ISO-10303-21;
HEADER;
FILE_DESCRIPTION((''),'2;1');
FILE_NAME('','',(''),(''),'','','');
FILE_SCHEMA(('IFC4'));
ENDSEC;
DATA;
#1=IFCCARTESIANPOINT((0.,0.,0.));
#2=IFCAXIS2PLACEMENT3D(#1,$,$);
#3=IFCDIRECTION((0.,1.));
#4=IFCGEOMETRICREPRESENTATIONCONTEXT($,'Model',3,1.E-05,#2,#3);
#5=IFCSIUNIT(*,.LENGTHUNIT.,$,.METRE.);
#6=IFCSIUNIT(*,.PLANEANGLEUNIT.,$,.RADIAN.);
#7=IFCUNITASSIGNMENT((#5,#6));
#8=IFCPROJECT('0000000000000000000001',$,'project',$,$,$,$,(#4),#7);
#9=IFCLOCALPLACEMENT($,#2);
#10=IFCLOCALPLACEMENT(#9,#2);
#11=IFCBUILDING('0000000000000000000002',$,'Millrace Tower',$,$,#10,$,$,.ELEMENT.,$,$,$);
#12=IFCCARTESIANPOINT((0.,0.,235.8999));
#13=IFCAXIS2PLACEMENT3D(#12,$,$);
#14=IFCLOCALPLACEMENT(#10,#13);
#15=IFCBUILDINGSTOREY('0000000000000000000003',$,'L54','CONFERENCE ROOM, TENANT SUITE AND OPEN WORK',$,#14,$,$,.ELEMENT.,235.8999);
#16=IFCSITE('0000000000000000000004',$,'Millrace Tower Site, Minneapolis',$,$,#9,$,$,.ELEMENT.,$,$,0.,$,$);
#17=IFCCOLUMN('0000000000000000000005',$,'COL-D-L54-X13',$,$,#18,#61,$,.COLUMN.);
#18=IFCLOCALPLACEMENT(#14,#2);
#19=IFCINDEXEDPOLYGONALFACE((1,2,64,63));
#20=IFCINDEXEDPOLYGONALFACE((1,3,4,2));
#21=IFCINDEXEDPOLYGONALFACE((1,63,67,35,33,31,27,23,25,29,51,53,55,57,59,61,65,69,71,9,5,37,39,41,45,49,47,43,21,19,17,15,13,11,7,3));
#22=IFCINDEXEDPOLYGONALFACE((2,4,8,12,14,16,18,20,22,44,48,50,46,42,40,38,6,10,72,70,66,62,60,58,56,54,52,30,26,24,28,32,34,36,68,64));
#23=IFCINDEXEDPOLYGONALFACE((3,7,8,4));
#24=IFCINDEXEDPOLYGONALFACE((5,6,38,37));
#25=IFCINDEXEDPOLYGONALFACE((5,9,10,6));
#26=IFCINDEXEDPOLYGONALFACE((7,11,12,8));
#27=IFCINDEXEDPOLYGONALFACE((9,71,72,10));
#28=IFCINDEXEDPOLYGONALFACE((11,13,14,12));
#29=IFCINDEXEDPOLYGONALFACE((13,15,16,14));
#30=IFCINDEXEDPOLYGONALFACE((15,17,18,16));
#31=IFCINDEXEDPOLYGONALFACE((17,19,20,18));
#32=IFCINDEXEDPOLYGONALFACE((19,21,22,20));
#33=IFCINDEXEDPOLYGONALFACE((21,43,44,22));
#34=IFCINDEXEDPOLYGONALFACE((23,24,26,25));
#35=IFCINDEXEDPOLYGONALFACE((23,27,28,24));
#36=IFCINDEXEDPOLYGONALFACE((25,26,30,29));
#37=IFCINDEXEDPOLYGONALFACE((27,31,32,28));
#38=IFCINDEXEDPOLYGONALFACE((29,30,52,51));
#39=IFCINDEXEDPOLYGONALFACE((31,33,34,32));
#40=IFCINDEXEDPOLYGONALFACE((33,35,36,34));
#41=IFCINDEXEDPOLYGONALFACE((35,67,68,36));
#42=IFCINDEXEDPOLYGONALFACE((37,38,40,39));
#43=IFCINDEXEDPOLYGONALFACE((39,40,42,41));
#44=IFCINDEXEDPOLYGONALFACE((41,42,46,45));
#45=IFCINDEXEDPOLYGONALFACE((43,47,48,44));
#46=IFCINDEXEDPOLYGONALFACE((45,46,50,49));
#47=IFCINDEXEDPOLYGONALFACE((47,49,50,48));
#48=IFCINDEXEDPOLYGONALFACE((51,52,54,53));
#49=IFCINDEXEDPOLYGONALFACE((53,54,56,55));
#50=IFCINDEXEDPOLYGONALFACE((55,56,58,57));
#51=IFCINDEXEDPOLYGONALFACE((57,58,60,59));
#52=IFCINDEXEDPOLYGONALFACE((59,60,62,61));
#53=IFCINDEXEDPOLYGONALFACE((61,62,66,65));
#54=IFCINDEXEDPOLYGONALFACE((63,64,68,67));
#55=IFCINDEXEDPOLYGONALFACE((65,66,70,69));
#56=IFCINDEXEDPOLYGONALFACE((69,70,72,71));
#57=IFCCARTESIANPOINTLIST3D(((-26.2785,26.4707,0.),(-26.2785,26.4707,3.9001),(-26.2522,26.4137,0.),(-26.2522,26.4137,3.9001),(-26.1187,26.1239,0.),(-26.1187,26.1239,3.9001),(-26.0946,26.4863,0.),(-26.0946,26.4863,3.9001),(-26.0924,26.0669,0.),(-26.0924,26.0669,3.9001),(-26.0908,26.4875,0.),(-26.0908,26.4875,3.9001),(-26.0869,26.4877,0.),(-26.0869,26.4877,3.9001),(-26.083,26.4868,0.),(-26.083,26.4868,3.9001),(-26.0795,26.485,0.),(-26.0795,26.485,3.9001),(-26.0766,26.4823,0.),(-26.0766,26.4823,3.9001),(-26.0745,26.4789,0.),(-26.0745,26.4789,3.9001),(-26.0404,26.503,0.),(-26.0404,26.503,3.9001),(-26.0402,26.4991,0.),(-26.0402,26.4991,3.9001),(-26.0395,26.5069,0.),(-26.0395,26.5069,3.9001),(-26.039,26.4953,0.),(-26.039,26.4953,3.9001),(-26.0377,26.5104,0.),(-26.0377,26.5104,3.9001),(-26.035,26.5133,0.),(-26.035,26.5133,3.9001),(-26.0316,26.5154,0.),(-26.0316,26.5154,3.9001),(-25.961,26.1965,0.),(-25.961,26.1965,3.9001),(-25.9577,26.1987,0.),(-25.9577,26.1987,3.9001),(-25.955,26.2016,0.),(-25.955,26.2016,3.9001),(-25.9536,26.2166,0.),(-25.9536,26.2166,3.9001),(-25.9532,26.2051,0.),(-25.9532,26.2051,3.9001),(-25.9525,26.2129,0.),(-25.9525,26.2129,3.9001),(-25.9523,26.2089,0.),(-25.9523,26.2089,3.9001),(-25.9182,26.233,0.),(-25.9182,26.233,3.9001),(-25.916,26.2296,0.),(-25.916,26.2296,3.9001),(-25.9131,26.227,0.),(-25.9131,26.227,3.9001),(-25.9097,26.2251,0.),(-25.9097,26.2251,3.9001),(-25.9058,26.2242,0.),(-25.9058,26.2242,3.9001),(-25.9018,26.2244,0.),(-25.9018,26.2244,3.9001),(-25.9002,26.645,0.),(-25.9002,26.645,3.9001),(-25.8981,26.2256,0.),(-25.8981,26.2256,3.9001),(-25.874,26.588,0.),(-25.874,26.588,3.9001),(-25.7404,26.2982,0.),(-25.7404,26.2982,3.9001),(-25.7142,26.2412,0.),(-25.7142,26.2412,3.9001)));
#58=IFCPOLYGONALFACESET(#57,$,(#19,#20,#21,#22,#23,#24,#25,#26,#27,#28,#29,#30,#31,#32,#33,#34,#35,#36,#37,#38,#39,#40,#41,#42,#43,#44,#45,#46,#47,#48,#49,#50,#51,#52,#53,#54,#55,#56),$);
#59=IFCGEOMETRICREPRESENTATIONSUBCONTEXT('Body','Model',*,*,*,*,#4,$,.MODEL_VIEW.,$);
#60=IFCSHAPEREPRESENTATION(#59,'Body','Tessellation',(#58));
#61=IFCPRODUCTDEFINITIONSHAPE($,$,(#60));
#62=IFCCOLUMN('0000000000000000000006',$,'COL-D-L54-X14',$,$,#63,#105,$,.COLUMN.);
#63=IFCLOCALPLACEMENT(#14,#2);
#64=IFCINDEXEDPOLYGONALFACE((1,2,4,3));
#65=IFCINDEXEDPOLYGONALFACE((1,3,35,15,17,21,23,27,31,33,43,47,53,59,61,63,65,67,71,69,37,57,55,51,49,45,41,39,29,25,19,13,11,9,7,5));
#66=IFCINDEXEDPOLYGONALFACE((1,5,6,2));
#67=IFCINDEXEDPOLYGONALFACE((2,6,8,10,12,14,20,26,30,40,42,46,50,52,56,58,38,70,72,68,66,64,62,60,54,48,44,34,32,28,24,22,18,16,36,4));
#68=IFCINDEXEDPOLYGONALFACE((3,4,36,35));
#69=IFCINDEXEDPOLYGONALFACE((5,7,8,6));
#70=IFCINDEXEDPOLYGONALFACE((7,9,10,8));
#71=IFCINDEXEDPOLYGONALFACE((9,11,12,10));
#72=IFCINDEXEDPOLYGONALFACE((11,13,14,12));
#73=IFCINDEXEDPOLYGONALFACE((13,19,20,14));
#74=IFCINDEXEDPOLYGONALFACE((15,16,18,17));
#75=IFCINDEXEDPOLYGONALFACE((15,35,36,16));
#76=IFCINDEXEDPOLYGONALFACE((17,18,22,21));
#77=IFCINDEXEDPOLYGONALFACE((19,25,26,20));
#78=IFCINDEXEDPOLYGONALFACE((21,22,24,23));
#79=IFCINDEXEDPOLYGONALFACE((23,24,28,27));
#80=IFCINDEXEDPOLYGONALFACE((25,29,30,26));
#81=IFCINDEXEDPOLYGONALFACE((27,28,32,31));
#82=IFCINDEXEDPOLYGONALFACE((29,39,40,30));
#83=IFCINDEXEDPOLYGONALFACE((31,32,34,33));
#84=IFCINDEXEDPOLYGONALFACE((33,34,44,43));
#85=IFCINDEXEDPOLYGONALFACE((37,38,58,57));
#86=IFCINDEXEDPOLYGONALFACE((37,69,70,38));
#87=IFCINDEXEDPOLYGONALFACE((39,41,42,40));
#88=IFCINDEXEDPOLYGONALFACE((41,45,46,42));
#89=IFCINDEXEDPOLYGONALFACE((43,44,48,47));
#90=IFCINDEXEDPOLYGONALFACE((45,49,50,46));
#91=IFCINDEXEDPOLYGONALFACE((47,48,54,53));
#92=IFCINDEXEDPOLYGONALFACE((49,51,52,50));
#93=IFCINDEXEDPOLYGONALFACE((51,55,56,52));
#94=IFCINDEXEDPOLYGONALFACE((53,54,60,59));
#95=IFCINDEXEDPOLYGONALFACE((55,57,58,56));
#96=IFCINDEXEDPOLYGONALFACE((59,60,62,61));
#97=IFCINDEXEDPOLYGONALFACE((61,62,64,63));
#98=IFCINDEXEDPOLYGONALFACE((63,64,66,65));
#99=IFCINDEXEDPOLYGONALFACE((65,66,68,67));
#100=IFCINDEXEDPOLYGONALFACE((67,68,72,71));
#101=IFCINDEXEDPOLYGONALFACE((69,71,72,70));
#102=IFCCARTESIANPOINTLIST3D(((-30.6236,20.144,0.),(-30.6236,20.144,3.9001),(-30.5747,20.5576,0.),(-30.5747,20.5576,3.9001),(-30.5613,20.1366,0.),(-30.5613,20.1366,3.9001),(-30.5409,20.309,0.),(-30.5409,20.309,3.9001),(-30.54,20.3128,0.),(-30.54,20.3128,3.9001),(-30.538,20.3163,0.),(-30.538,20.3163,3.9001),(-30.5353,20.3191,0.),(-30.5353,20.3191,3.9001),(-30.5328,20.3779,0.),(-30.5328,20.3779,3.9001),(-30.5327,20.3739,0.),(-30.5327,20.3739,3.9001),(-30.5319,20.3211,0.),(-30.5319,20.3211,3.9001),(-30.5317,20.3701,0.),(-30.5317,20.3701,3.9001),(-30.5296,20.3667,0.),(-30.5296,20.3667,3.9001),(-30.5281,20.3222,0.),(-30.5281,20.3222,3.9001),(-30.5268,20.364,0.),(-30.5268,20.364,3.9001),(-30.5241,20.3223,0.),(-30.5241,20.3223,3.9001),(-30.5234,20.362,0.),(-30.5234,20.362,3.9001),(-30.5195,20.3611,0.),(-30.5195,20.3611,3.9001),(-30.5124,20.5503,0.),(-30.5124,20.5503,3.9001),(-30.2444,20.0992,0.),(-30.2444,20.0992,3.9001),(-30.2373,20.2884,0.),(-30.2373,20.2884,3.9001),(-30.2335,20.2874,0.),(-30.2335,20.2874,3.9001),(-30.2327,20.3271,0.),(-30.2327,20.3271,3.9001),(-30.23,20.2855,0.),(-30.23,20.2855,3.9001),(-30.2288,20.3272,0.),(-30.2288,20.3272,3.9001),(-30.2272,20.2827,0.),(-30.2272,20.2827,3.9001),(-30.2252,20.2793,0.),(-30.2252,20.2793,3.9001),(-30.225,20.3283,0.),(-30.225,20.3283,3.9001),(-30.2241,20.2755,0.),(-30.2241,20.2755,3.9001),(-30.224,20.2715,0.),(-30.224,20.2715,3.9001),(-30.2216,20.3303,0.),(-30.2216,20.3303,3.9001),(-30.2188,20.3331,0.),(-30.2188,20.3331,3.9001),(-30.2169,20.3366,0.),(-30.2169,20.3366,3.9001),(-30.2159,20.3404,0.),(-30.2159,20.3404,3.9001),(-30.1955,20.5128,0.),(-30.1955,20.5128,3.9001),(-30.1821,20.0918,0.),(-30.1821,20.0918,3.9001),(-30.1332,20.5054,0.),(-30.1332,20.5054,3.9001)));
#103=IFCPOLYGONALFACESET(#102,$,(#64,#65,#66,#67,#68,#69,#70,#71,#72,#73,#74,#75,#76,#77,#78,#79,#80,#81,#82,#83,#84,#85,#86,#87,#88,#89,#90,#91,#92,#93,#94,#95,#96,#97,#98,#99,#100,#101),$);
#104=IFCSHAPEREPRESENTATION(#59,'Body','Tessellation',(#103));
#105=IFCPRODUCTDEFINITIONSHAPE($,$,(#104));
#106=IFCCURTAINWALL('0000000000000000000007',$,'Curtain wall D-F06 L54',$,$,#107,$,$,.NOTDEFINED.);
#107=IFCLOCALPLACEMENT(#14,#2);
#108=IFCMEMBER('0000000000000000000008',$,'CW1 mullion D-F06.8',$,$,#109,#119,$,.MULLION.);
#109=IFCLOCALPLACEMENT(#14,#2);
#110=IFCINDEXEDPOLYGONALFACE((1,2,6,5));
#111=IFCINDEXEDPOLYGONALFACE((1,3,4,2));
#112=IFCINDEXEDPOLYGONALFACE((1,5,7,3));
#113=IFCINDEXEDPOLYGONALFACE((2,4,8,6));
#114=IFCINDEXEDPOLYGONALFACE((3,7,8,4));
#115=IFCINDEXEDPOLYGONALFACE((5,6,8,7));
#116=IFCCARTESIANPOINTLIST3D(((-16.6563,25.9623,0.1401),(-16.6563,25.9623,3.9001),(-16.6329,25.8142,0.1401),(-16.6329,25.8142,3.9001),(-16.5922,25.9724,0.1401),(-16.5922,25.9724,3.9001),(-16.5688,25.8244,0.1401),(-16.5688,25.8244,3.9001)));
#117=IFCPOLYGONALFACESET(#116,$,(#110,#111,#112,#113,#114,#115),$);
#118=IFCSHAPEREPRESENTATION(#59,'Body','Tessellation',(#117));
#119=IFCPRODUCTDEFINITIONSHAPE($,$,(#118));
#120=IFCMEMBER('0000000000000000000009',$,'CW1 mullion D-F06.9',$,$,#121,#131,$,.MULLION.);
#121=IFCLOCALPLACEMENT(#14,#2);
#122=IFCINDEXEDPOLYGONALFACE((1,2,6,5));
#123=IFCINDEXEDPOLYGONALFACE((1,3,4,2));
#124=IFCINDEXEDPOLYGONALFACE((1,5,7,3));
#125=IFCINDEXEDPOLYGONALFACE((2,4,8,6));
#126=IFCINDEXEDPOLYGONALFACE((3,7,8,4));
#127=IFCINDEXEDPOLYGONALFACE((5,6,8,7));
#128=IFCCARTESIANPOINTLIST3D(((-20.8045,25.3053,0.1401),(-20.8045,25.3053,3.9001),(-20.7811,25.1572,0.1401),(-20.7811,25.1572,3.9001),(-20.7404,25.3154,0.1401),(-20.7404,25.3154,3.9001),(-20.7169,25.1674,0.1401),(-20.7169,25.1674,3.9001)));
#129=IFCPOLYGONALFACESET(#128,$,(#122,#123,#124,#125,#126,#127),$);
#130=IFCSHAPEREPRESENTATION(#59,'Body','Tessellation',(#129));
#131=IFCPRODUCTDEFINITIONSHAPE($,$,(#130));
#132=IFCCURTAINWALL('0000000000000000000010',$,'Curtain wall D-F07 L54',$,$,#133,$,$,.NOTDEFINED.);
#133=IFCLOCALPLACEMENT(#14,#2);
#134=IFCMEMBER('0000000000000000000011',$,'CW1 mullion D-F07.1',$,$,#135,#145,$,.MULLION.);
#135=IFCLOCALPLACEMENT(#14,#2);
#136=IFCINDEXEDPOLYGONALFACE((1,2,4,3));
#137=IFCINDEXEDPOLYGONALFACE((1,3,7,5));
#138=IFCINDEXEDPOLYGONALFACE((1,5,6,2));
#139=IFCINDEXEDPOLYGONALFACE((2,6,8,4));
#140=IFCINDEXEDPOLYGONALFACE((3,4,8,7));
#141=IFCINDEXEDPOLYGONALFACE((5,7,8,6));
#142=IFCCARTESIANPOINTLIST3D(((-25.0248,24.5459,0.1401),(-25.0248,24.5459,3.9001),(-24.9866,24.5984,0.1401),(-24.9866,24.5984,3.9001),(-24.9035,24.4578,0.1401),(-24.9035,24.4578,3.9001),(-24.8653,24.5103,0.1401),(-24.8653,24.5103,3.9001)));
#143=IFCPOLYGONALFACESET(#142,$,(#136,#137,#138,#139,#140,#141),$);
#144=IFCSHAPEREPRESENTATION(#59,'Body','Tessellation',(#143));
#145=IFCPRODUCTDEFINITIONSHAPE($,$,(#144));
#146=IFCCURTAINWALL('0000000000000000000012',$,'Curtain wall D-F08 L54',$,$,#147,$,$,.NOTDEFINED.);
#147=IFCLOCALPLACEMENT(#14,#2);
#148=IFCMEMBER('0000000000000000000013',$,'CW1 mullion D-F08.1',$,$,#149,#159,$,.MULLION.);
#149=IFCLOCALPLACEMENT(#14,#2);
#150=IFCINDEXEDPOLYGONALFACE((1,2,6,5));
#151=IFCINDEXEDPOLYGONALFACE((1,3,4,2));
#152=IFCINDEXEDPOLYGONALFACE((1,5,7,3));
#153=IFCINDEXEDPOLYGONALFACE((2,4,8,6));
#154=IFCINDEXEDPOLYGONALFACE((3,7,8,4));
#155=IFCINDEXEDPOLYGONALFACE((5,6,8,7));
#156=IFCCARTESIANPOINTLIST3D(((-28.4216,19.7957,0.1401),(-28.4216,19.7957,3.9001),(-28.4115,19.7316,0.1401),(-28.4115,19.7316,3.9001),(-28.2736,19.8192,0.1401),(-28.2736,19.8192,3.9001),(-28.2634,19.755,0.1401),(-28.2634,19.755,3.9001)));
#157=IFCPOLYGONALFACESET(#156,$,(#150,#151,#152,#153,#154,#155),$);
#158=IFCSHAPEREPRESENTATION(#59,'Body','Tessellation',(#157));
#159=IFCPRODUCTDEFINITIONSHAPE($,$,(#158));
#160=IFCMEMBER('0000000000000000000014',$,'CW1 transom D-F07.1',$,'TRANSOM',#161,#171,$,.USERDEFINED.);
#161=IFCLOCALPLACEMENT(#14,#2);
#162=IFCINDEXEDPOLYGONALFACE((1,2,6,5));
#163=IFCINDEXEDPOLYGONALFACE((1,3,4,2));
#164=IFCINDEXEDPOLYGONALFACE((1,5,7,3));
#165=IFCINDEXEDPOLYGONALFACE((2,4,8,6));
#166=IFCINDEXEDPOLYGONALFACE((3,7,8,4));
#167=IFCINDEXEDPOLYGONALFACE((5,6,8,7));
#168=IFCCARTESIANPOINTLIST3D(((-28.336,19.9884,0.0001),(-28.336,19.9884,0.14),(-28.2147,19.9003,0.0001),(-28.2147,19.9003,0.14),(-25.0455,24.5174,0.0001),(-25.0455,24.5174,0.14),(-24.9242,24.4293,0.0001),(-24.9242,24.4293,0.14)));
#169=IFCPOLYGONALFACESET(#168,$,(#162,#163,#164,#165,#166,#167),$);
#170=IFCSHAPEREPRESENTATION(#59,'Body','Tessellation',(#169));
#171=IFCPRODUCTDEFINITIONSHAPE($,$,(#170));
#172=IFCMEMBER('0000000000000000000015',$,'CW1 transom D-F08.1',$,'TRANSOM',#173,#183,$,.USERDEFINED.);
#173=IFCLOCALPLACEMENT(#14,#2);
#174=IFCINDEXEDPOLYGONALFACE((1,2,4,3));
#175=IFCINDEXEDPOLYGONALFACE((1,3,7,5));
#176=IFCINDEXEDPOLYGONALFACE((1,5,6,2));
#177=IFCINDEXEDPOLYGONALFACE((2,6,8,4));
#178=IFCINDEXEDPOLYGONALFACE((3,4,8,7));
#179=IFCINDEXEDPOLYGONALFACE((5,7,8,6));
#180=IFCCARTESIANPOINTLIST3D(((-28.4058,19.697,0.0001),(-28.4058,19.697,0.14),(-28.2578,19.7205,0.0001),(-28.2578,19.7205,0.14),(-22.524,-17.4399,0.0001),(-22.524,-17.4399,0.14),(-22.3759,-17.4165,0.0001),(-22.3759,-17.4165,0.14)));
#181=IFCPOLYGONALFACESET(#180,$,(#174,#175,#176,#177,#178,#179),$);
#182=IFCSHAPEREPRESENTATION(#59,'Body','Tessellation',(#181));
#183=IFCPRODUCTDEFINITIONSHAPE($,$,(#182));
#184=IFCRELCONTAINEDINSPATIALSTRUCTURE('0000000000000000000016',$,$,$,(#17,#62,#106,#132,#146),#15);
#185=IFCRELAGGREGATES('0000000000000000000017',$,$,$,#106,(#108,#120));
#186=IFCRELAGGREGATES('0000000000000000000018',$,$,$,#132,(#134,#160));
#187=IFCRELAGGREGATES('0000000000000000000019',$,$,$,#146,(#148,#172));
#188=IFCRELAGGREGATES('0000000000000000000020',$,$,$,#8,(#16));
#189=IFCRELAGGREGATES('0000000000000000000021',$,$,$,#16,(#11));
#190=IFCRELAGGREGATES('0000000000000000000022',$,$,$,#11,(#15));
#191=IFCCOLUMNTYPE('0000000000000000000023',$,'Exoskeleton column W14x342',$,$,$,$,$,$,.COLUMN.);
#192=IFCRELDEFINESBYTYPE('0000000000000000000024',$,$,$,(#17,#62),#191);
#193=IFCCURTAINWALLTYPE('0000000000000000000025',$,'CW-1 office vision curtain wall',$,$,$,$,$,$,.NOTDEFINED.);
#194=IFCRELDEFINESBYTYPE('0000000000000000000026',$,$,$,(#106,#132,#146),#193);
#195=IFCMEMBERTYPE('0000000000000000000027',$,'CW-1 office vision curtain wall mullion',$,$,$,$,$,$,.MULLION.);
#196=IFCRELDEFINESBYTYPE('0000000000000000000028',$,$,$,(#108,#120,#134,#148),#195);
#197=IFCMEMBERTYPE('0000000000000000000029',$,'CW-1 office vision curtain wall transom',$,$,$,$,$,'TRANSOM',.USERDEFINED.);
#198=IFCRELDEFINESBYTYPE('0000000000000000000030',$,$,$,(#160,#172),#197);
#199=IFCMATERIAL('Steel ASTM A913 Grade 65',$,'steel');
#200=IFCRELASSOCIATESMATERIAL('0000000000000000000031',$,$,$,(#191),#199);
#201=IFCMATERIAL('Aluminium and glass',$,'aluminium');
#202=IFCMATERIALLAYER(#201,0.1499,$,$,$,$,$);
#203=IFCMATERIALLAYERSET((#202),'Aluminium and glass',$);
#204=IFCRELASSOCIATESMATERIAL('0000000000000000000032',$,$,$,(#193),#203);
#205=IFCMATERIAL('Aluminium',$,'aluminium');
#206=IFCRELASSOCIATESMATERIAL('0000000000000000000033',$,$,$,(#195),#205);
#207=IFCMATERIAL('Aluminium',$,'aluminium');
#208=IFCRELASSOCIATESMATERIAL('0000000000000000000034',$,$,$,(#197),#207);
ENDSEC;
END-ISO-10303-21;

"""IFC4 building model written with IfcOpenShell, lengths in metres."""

from ifc_helpers import new_model, si_unit, direction, frame, origin, origin_2d, place, context, subcontext, project, spatial, rectangle, i_section, extrude, material, layer, layer_set, material_profile, profile_set, type_object, element, aggregate, save


model = new_model("IFC4")

# Units and contexts
model_context = context("Model", 3, precision=1e-05, world=origin(), true_north=direction((0.0, 1.0)))
body_context = subcontext(model_context, "Body", "Model", "MODEL_VIEW")
ifc_project = project(units=[si_unit("LENGTHUNIT", "METRE"), si_unit("PLANEANGLEUNIT", "RADIAN")], contexts=[model_context])

# Site, building, storey
site_placement = place(None, origin())
site = spatial("IfcSite", under=ifc_project, at=site_placement, Name="Millrace Tower Site, Minneapolis", CompositionType="ELEMENT", RefElevation=0.0)
building_placement = place(site_placement, origin())
building = spatial("IfcBuilding", under=site, at=building_placement, Name="Millrace Tower", CompositionType="ELEMENT")
storey_placement = place(building_placement, frame((0.0, 0.0, 235.8999)))
storey = spatial("IfcBuildingStorey", under=building, at=storey_placement, Name="L54", Description="CONFERENCE ROOM, TENANT SUITE AND OPEN WORK", CompositionType="ELEMENT", Elevation=235.8999)

# Columns
ifc_material_1 = material(Name="Steel ASTM A913 Grade 65", Category="steel")
ifc_material_profile_1 = material_profile(ifc_material_1, i_section(OverallWidth=0.4165, OverallDepth=0.4446, WebThickness=0.0391, FlangeThickness=0.0627, FilletRadius=0.0151, at=origin_2d()))
ifc_profile_set_1 = profile_set([ifc_material_profile_1], Name="Steel ASTM A913 Grade 65")
column_type = type_object("IfcColumnType", Name="Exoskeleton column W14x342", PredefinedType="COLUMN", material=ifc_profile_set_1)
for number, where, z_axis, x_axis, name in (
    (1, (-25.9963, 26.356, 0.0), (0.0, 0.0, 1.0), (-0.908192, -0.418553, 0.0), "COL-D-L54-X13"),
    (2, (-30.3784, 20.3247, 0.0), (0.0, 0.0, 1.0), (-0.117421, -0.993082, 0.0), "COL-D-L54-X14"),
):
    element("IfcColumn", number, at=place(storey_placement, frame(where, z_axis=z_axis, x_axis=x_axis)), inside=storey, type_object=column_type, Name=name, PredefinedType="COLUMN", context=body_context, shape_type="SweptSolid", body=[
        extrude(i_section(OverallWidth=0.4165, OverallDepth=0.4446, WebThickness=0.0391, FlangeThickness=0.0627, FilletRadius=0.0151, at=origin_2d()), origin(), (0.0, 0.0, 1.0), 3.9001),
    ])

# Curtain wall, members
ifc_material_2 = material(Name="Aluminium and glass", Category="aluminium")
ifc_layer_1 = layer(ifc_material_2, 0.1499)
ifc_layer_set_1 = layer_set([ifc_layer_1], Name="Aluminium and glass")
curtain_wall_type = type_object("IfcCurtainWallType", Name="CW-1 office vision curtain wall", PredefinedType="NOTDEFINED", material=ifc_layer_set_1)
placement = place(storey_placement, origin())
curtain_wall_1 = element("IfcCurtainWall", 3, at=placement, inside=storey, type_object=curtain_wall_type, Name="Curtain wall D-F06 L54", PredefinedType="NOTDEFINED")
ifc_material_3 = material(Name="Aluminium", Category="aluminium")
ifc_material_profile_2 = material_profile(ifc_material_3, rectangle(XDim=0.0649, YDim=0.1499, at=origin_2d()))
ifc_profile_set_2 = profile_set([ifc_material_profile_2], Name="Aluminium")
member_type_1 = type_object("IfcMemberType", Name="CW-1 office vision curtain wall mullion", PredefinedType="MULLION", material=ifc_profile_set_2)
member_1_placement = place(storey_placement, frame((-16.6125, 25.8933, 0.1401), z_axis=(0.0, 0.0, 1.0), x_axis=(-0.987688, -0.156434, 0.0)))
member_1 = element("IfcMember", 4, at=member_1_placement, type_object=member_type_1, Name="CW1 mullion D-F06.8", PredefinedType="MULLION", context=body_context, shape_type="SweptSolid", body=[
    extrude(rectangle(XDim=0.0649, YDim=0.1499, at=origin_2d()), origin(), (0.0, 0.0, 1.0), 3.76),
])
member_2_placement = place(storey_placement, frame((-20.7607, 25.2363, 0.1401), z_axis=(0.0, 0.0, 1.0), x_axis=(-0.987688, -0.156434, 0.0)))
member_2 = element("IfcMember", 5, at=member_2_placement, type_object=member_type_1, Name="CW1 mullion D-F06.9", PredefinedType="MULLION", context=body_context, shape_type="SweptSolid", body=[
    extrude(rectangle(XDim=0.0649, YDim=0.1499, at=origin_2d()), origin(), (0.0, 0.0, 1.0), 3.76),
])
aggregate(curtain_wall_1, [member_1, member_2])

# Curtain walls, members
curtain_wall_2 = element("IfcCurtainWall", 6, at=placement, inside=storey, type_object=curtain_wall_type, Name="Curtain wall D-F07 L54", PredefinedType="NOTDEFINED")
member_3_placement = place(storey_placement, frame((-24.9451, 24.5281, 0.1401), z_axis=(0.0, 0.0, 1.0), x_axis=(-0.587785, -0.809017, 0.0)))
member_3 = element("IfcMember", 7, at=member_3_placement, type_object=member_type_1, Name="CW1 mullion D-F07.1", PredefinedType="MULLION", context=body_context, shape_type="SweptSolid", body=[
    extrude(rectangle(XDim=0.0649, YDim=0.1499, at=origin_2d()), origin(), (0.0, 0.0, 1.0), 3.76),
])
curtain_wall_3 = element("IfcCurtainWall", 8, at=placement, inside=storey, type_object=curtain_wall_type, Name="Curtain wall D-F08 L54", PredefinedType="NOTDEFINED")
member_4_placement = place(storey_placement, frame((-28.3425, 19.7754, 0.1401), z_axis=(0.0, 0.0, 1.0), x_axis=(0.156434, -0.987688, 0.0)))
member_4 = element("IfcMember", 9, at=member_4_placement, type_object=member_type_1, Name="CW1 mullion D-F08.1", PredefinedType="MULLION", context=body_context, shape_type="SweptSolid", body=[
    extrude(rectangle(XDim=0.0649, YDim=0.1499, at=origin_2d()), origin(), (0.0, 0.0, 1.0), 3.76),
])

# Members
ifc_material_4 = material(Name="Aluminium", Category="aluminium")
ifc_material_profile_3 = material_profile(ifc_material_4, rectangle(XDim=0.1499, YDim=0.1399, at=origin_2d()))
ifc_profile_set_3 = profile_set([ifc_material_profile_3], Name="Aluminium")
member_type_2 = type_object("IfcMemberType", Name="CW-1 office vision curtain wall transom", ElementType="TRANSOM", PredefinedType="USERDEFINED", material=ifc_profile_set_3)
member_5_placement = place(storey_placement, frame((-24.9849, 24.4734, 0.0701), z_axis=(-0.587783, -0.809019, 0.0), x_axis=(0.809019, -0.587783, 0.0)))
member_5 = element("IfcMember", 10, at=member_5_placement, type_object=member_type_2, Name="CW1 transom D-F07.1", ObjectType="TRANSOM", PredefinedType="USERDEFINED", context=body_context, shape_type="SweptSolid", body=[
    extrude(rectangle(XDim=0.1499, YDim=0.1399, at=origin_2d()), origin(), (0.0, 0.0, 1.0), 5.5981),
])
aggregate(curtain_wall_2, [member_3, member_5])
member_6_placement = place(storey_placement, frame((-28.3318, 19.7087, 0.0701), z_axis=(0.156432, -0.987689, 0.0), x_axis=(0.987689, 0.156432, 0.0)))
member_6 = element("IfcMember", 11, at=member_6_placement, type_object=member_type_2, Name="CW1 transom D-F08.1", ObjectType="TRANSOM", PredefinedType="USERDEFINED", context=body_context, shape_type="SweptSolid", body=[
    extrude(rectangle(XDim=0.1499, YDim=0.1399, at=origin_2d()), origin(), (0.0, 0.0, 1.0), 37.5999),
])
aggregate(curtain_wall_3, [member_4, member_6])

save(model, "model.ifc")
